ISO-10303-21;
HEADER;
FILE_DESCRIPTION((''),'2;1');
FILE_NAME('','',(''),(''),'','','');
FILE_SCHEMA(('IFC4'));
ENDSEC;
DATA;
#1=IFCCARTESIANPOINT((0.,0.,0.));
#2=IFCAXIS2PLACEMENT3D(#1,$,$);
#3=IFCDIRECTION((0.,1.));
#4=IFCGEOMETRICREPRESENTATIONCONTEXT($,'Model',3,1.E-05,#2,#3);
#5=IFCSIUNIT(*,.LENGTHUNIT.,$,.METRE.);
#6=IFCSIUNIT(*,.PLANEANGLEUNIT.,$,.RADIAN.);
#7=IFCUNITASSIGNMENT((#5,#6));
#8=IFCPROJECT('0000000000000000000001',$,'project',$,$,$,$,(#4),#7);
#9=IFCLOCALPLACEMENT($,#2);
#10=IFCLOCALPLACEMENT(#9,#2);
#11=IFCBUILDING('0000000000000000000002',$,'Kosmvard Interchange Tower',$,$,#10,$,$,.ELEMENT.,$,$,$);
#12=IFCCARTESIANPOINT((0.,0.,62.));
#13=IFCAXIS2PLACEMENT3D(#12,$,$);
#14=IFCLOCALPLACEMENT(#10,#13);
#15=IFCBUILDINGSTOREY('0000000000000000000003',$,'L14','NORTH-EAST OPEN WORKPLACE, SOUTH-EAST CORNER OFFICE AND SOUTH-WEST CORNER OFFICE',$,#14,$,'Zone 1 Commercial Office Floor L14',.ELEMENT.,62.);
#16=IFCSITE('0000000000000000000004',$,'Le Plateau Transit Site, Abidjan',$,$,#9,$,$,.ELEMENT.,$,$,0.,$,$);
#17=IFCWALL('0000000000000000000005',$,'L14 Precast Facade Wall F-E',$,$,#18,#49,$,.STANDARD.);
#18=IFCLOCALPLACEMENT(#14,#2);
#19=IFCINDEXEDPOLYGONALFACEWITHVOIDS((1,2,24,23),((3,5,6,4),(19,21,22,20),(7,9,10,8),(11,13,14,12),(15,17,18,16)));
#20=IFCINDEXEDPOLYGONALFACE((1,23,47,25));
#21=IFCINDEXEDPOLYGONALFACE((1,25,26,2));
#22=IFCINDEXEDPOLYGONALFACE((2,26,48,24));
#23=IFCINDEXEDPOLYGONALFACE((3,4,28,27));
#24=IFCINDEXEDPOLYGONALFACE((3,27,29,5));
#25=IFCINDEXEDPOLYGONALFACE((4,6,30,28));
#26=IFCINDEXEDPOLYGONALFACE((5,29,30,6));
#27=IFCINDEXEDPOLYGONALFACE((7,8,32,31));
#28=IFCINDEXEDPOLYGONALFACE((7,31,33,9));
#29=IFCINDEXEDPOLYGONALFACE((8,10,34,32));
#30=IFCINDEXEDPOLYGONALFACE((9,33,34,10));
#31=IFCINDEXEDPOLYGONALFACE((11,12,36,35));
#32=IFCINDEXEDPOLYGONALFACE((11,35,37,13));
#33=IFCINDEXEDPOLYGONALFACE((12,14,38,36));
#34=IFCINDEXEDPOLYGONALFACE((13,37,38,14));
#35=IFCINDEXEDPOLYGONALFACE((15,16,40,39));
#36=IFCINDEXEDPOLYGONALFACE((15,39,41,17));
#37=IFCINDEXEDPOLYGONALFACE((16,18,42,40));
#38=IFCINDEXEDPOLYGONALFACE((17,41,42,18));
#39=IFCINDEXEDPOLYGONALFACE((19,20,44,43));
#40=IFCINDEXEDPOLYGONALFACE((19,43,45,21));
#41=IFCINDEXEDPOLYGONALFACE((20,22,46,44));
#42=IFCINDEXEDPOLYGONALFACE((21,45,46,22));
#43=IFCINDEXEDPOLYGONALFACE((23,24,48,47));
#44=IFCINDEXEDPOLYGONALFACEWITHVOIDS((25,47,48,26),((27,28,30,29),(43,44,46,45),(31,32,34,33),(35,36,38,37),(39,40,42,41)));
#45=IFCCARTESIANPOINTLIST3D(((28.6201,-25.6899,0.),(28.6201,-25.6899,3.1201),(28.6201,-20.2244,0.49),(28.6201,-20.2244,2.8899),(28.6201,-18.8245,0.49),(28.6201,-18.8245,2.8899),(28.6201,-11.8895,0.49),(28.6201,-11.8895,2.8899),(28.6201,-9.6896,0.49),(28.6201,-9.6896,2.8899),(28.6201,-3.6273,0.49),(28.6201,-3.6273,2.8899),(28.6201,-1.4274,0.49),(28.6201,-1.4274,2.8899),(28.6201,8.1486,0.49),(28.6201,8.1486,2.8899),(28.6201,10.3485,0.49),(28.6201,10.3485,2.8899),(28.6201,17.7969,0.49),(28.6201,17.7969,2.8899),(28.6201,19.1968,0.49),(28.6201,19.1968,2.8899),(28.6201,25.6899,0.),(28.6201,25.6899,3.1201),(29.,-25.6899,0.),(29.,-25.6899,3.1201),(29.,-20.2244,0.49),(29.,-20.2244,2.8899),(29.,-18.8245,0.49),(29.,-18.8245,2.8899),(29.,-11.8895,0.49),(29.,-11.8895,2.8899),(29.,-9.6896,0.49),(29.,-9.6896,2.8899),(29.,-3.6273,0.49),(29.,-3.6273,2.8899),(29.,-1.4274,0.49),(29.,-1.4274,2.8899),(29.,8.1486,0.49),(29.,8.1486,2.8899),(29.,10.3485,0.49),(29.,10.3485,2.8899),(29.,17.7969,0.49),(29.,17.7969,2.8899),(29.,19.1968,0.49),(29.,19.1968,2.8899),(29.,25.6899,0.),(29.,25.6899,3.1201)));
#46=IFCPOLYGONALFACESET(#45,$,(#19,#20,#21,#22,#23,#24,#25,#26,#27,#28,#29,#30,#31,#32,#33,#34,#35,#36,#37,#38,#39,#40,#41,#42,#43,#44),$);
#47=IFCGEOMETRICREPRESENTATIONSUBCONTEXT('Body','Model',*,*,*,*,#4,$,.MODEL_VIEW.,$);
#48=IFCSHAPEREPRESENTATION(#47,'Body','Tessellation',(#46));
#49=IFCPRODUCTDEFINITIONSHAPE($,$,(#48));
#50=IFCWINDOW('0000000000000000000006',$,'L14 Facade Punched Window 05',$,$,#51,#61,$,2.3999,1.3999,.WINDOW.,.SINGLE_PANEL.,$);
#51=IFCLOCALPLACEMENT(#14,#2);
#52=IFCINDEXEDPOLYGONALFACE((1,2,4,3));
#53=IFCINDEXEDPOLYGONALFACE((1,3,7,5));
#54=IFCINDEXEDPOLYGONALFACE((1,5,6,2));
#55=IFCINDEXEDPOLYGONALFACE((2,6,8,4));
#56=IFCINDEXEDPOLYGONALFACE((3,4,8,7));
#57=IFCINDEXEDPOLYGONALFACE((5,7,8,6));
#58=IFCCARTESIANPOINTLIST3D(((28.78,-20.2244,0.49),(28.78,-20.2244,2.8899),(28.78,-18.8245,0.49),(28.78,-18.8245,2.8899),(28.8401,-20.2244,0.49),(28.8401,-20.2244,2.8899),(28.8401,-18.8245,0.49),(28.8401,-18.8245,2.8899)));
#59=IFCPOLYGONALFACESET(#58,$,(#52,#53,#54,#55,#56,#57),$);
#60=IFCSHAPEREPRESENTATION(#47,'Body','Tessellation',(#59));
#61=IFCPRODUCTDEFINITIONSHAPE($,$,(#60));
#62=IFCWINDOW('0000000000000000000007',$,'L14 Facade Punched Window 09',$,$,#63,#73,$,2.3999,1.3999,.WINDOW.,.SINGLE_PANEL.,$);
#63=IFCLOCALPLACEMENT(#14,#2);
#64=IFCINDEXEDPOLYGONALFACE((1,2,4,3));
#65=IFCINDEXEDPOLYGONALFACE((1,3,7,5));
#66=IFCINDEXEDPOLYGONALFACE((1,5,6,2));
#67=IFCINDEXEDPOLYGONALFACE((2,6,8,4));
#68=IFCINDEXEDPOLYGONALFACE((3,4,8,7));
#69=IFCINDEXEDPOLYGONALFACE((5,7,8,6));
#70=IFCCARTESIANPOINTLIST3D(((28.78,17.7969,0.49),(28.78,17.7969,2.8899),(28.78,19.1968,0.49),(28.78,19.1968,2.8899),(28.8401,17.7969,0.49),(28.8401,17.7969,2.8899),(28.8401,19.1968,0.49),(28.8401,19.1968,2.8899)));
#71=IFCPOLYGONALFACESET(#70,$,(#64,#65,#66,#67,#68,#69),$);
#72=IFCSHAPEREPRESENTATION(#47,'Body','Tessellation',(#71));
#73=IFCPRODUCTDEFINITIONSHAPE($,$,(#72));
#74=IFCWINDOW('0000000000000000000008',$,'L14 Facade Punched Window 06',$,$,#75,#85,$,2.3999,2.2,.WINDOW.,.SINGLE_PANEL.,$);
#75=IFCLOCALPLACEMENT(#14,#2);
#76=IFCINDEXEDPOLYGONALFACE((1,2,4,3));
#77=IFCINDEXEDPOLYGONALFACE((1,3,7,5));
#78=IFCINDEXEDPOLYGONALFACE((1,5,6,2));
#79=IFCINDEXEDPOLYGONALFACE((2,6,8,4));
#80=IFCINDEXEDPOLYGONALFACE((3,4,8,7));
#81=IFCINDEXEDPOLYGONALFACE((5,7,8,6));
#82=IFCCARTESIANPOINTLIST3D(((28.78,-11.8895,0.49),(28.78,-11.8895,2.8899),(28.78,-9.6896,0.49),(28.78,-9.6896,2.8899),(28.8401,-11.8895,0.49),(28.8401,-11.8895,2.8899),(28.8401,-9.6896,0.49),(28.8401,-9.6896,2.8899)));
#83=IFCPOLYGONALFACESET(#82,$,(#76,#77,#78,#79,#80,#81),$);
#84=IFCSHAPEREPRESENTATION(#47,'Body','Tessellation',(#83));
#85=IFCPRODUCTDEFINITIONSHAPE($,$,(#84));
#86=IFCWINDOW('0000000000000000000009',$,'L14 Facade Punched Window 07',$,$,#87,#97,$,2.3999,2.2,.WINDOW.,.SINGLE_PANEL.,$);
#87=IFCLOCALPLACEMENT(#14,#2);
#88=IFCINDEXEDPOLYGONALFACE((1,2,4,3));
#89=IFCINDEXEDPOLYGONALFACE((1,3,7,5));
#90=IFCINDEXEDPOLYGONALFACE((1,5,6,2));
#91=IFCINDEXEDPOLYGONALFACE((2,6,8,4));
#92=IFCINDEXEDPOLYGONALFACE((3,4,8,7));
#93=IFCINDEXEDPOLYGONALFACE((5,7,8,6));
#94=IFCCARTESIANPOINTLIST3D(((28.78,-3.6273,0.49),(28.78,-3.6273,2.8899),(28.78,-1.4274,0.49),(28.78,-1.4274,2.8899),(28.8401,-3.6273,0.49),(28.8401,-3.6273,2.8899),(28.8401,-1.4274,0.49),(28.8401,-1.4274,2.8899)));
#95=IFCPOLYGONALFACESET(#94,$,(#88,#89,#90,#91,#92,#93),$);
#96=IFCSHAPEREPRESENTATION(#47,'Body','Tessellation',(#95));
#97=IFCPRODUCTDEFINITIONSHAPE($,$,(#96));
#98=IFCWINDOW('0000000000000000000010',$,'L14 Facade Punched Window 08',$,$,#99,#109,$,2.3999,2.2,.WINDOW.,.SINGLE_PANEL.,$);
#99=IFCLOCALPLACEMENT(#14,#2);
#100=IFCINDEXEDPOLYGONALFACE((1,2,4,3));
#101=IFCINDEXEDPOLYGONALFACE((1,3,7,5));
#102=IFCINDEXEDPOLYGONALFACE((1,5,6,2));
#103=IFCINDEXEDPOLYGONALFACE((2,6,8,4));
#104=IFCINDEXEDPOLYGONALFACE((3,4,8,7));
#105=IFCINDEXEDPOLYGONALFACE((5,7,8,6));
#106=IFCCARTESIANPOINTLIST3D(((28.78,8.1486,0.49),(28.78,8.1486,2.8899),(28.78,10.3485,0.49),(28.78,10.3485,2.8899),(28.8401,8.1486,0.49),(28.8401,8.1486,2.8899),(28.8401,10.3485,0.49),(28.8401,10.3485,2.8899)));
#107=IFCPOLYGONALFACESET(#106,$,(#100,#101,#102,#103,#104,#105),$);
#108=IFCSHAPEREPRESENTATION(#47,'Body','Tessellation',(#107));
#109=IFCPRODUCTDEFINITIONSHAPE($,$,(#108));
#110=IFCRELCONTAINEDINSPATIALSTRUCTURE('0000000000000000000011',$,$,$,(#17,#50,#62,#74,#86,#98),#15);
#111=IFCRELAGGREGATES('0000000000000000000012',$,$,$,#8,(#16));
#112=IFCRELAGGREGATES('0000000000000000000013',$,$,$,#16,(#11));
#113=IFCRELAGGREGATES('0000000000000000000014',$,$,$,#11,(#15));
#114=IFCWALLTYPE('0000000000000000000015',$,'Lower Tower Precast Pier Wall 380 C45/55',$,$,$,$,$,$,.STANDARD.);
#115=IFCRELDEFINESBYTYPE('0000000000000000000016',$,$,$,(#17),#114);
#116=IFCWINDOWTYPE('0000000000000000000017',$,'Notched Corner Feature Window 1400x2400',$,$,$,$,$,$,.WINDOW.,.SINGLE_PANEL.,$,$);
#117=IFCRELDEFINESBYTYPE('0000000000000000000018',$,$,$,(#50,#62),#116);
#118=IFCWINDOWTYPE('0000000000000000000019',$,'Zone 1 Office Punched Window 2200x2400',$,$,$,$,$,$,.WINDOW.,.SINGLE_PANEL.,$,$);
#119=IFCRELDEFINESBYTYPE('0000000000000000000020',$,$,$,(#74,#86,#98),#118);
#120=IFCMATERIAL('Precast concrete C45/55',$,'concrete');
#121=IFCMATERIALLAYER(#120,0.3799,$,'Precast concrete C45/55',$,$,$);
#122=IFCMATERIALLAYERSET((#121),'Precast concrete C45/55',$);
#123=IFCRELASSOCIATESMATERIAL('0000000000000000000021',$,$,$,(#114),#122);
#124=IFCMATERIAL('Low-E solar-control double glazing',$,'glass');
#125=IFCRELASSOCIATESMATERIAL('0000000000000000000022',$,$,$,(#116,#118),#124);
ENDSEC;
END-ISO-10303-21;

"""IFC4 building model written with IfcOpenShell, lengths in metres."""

from ifc_helpers import new_model, si_unit, direction, frame, frame_2d, origin, place, context, subcontext, project, spatial, rectangle, extrude, source, transform, mapped, material, layer, layer_set, type_object, element, fill, save


model = new_model("IFC4")

# Units and contexts
model_context = context("Model", 3, precision=1e-05, world=origin(), true_north=direction((0.0, 1.0)))
body_context = subcontext(model_context, "Body", "Model", "MODEL_VIEW")
ifc_project = project(units=[si_unit("LENGTHUNIT", "METRE"), si_unit("PLANEANGLEUNIT", "RADIAN")], contexts=[model_context])

# Site, building, storey
site_placement = place(None, origin())
site = spatial("IfcSite", under=ifc_project, at=site_placement, Name="Le Plateau Transit Site, Abidjan", CompositionType="ELEMENT", RefElevation=0.0)
building_placement = place(site_placement, origin())
building = spatial("IfcBuilding", under=site, at=building_placement, Name="Kosmvard Interchange Tower", CompositionType="ELEMENT")
storey_placement = place(building_placement, frame((0.0, 0.0, 62.0)))
storey = spatial("IfcBuildingStorey", under=building, at=storey_placement, Name="L14", Description="NORTH-EAST OPEN WORKPLACE, SOUTH-EAST CORNER OFFICE AND SOUTH-WEST CORNER OFFICE", LongName="Zone 1 Commercial Office Floor L14", CompositionType="ELEMENT", Elevation=62.0)

# Shared definitions
ifc_material_1 = material(Name="Precast concrete C45/55", Category="concrete")

# Shared definitions
ifc_layer_1 = layer(ifc_material_1, 0.3799, Name="Precast concrete C45/55")
ifc_layer_set_1 = layer_set([ifc_layer_1], Name="Precast concrete C45/55")
wall_type = type_object("IfcWallType", Name="Lower Tower Precast Pier Wall 380 C45/55", PredefinedType="STANDARD", material=ifc_layer_set_1)

# Wall, openings, windows
wall_1_placement = place(storey_placement, frame((28.8101, -25.6899, 0.0), z_axis=(0.0, 0.0, 1.0), x_axis=(0.0, 1.0, 0.0)))
wall_1 = element("IfcWall", 1, at=wall_1_placement, inside=storey, type_object=wall_type, Name="L14 Precast Facade Wall F-E", PredefinedType="STANDARD", context=body_context, shape_type="SweptSolid", body=[
    extrude(rectangle(XDim=51.3799, YDim=0.3799, at=frame_2d((25.6899, 0.0))), origin(), (0.0, 0.0, 1.0), 3.1201),
])
opening_1_placement = place(wall_1_placement, frame((5.4656, 0.0, 0.49)))
opening_1 = element("IfcOpeningElement", 2, at=opening_1_placement, cuts=wall_1, PredefinedType="OPENING", context=body_context, shape_type="SweptSolid", body=[
    extrude(rectangle(XDim=1.3999, YDim=2.3999, at=frame_2d((0.7, 1.2))), frame((0.0, 0.2, 0.0), z_axis=(0.0, -1.0, 0.0), x_axis=(1.0, 0.0, 0.0)), (0.0, 0.0, 1.0), 0.3999),
])
opening_2_placement = place(wall_1_placement, frame((13.8003, 0.0, 0.49)))
opening_2 = element("IfcOpeningElement", 3, at=opening_2_placement, cuts=wall_1, PredefinedType="OPENING", context=body_context, shape_type="SweptSolid", body=[
    extrude(rectangle(XDim=2.2, YDim=2.3999, at=frame_2d((1.1001, 1.2))), frame((0.0, 0.2, 0.0), z_axis=(0.0, -1.0, 0.0), x_axis=(1.0, 0.0, 0.0)), (0.0, 0.0, 1.0), 0.3999),
])
opening_3_placement = place(wall_1_placement, frame((22.0625, 0.0, 0.49)))
opening_3 = element("IfcOpeningElement", 4, at=opening_3_placement, cuts=wall_1, PredefinedType="OPENING", context=body_context, shape_type="SweptSolid", body=[
    extrude(rectangle(XDim=2.2, YDim=2.3999, at=frame_2d((1.1001, 1.2))), frame((0.0, 0.2, 0.0), z_axis=(0.0, -1.0, 0.0), x_axis=(1.0, 0.0, 0.0)), (0.0, 0.0, 1.0), 0.3999),
])
opening_4_placement = place(wall_1_placement, frame((33.8384, 0.0, 0.49)))
opening_4 = element("IfcOpeningElement", 5, at=opening_4_placement, cuts=wall_1, PredefinedType="OPENING", context=body_context, shape_type="SweptSolid", body=[
    extrude(rectangle(XDim=2.2, YDim=2.3999, at=frame_2d((1.1001, 1.2))), frame((0.0, 0.2, 0.0), z_axis=(0.0, -1.0, 0.0), x_axis=(1.0, 0.0, 0.0)), (0.0, 0.0, 1.0), 0.3999),
])
opening_5_placement = place(wall_1_placement, frame((43.4868, 0.0, 0.49)))
opening_5 = element("IfcOpeningElement", 6, at=opening_5_placement, cuts=wall_1, PredefinedType="OPENING", context=body_context, shape_type="SweptSolid", body=[
    extrude(rectangle(XDim=1.3999, YDim=2.3999, at=frame_2d((0.7, 1.2))), frame((0.0, 0.2, 0.0), z_axis=(0.0, -1.0, 0.0), x_axis=(1.0, 0.0, 0.0)), (0.0, 0.0, 1.0), 0.3999),
])
ifc_material_2 = material(Name="Low-E solar-control double glazing", Category="glass")
window_type_1 = type_object("IfcWindowType", Name="Notched Corner Feature Window 1400x2400", PartitioningType="SINGLE_PANEL", PredefinedType="WINDOW", material=ifc_material_2)
shared_shape_1 = source(origin(), body_context, "Body", "SweptSolid", [
    extrude(rectangle(XDim=1.3999, YDim=2.3999, at=frame_2d((0.7, 1.2))), frame((0.0, 0.03, 0.0), z_axis=(0.0, -1.0, 0.0), x_axis=(1.0, 0.0, 0.0)), (0.0, 0.0, 1.0), 0.0601),
])
window_1_placement = place(opening_1_placement, origin())
window_1 = element("IfcWindow", 7, at=window_1_placement, inside=storey, type_object=window_type_1, Name="L14 Facade Punched Window 05", OverallHeight=2.3999, OverallWidth=1.3999, PartitioningType="SINGLE_PANEL", PredefinedType="WINDOW", context=body_context, shape_type="MappedRepresentation", body=[
    mapped(shared_shape_1, transform((0.0, 0.0, 0.0), scale=1.0)),
])
fill(opening_1, window_1)
window_2_placement = place(opening_5_placement, origin())
window_2 = element("IfcWindow", 8, at=window_2_placement, inside=storey, type_object=window_type_1, Name="L14 Facade Punched Window 09", OverallHeight=2.3999, OverallWidth=1.3999, PartitioningType="SINGLE_PANEL", PredefinedType="WINDOW", context=body_context, shape_type="MappedRepresentation", body=[
    mapped(shared_shape_1, transform((0.0, 0.0, 0.0), scale=1.0)),
])
fill(opening_5, window_2)
window_type_2 = type_object("IfcWindowType", Name="Zone 1 Office Punched Window 2200x2400", PartitioningType="SINGLE_PANEL", PredefinedType="WINDOW", material=ifc_material_2)
shared_shape_2 = source(origin(), body_context, "Body", "SweptSolid", [
    extrude(rectangle(XDim=2.2, YDim=2.3999, at=frame_2d((1.1001, 1.2))), frame((0.0, 0.03, 0.0), z_axis=(0.0, -1.0, 0.0), x_axis=(1.0, 0.0, 0.0)), (0.0, 0.0, 1.0), 0.0601),
])
window_3_placement = place(opening_2_placement, origin())
window_3 = element("IfcWindow", 9, at=window_3_placement, inside=storey, type_object=window_type_2, Name="L14 Facade Punched Window 06", OverallHeight=2.3999, OverallWidth=2.2, PartitioningType="SINGLE_PANEL", PredefinedType="WINDOW", context=body_context, shape_type="MappedRepresentation", body=[
    mapped(shared_shape_2, transform((0.0, 0.0, 0.0), scale=1.0)),
])
fill(opening_2, window_3)
window_4_placement = place(opening_3_placement, origin())
window_4 = element("IfcWindow", 10, at=window_4_placement, inside=storey, type_object=window_type_2, Name="L14 Facade Punched Window 07", OverallHeight=2.3999, OverallWidth=2.2, PartitioningType="SINGLE_PANEL", PredefinedType="WINDOW", context=body_context, shape_type="MappedRepresentation", body=[
    mapped(shared_shape_2, transform((0.0, 0.0, 0.0), scale=1.0)),
])
fill(opening_3, window_4)
window_5_placement = place(opening_4_placement, origin())
window_5 = element("IfcWindow", 11, at=window_5_placement, inside=storey, type_object=window_type_2, Name="L14 Facade Punched Window 08", OverallHeight=2.3999, OverallWidth=2.2, PartitioningType="SINGLE_PANEL", PredefinedType="WINDOW", context=body_context, shape_type="MappedRepresentation", body=[
    mapped(shared_shape_2, transform((0.0, 0.0, 0.0), scale=1.0)),
])
fill(opening_4, window_5)

save(model, "model.ifc")
